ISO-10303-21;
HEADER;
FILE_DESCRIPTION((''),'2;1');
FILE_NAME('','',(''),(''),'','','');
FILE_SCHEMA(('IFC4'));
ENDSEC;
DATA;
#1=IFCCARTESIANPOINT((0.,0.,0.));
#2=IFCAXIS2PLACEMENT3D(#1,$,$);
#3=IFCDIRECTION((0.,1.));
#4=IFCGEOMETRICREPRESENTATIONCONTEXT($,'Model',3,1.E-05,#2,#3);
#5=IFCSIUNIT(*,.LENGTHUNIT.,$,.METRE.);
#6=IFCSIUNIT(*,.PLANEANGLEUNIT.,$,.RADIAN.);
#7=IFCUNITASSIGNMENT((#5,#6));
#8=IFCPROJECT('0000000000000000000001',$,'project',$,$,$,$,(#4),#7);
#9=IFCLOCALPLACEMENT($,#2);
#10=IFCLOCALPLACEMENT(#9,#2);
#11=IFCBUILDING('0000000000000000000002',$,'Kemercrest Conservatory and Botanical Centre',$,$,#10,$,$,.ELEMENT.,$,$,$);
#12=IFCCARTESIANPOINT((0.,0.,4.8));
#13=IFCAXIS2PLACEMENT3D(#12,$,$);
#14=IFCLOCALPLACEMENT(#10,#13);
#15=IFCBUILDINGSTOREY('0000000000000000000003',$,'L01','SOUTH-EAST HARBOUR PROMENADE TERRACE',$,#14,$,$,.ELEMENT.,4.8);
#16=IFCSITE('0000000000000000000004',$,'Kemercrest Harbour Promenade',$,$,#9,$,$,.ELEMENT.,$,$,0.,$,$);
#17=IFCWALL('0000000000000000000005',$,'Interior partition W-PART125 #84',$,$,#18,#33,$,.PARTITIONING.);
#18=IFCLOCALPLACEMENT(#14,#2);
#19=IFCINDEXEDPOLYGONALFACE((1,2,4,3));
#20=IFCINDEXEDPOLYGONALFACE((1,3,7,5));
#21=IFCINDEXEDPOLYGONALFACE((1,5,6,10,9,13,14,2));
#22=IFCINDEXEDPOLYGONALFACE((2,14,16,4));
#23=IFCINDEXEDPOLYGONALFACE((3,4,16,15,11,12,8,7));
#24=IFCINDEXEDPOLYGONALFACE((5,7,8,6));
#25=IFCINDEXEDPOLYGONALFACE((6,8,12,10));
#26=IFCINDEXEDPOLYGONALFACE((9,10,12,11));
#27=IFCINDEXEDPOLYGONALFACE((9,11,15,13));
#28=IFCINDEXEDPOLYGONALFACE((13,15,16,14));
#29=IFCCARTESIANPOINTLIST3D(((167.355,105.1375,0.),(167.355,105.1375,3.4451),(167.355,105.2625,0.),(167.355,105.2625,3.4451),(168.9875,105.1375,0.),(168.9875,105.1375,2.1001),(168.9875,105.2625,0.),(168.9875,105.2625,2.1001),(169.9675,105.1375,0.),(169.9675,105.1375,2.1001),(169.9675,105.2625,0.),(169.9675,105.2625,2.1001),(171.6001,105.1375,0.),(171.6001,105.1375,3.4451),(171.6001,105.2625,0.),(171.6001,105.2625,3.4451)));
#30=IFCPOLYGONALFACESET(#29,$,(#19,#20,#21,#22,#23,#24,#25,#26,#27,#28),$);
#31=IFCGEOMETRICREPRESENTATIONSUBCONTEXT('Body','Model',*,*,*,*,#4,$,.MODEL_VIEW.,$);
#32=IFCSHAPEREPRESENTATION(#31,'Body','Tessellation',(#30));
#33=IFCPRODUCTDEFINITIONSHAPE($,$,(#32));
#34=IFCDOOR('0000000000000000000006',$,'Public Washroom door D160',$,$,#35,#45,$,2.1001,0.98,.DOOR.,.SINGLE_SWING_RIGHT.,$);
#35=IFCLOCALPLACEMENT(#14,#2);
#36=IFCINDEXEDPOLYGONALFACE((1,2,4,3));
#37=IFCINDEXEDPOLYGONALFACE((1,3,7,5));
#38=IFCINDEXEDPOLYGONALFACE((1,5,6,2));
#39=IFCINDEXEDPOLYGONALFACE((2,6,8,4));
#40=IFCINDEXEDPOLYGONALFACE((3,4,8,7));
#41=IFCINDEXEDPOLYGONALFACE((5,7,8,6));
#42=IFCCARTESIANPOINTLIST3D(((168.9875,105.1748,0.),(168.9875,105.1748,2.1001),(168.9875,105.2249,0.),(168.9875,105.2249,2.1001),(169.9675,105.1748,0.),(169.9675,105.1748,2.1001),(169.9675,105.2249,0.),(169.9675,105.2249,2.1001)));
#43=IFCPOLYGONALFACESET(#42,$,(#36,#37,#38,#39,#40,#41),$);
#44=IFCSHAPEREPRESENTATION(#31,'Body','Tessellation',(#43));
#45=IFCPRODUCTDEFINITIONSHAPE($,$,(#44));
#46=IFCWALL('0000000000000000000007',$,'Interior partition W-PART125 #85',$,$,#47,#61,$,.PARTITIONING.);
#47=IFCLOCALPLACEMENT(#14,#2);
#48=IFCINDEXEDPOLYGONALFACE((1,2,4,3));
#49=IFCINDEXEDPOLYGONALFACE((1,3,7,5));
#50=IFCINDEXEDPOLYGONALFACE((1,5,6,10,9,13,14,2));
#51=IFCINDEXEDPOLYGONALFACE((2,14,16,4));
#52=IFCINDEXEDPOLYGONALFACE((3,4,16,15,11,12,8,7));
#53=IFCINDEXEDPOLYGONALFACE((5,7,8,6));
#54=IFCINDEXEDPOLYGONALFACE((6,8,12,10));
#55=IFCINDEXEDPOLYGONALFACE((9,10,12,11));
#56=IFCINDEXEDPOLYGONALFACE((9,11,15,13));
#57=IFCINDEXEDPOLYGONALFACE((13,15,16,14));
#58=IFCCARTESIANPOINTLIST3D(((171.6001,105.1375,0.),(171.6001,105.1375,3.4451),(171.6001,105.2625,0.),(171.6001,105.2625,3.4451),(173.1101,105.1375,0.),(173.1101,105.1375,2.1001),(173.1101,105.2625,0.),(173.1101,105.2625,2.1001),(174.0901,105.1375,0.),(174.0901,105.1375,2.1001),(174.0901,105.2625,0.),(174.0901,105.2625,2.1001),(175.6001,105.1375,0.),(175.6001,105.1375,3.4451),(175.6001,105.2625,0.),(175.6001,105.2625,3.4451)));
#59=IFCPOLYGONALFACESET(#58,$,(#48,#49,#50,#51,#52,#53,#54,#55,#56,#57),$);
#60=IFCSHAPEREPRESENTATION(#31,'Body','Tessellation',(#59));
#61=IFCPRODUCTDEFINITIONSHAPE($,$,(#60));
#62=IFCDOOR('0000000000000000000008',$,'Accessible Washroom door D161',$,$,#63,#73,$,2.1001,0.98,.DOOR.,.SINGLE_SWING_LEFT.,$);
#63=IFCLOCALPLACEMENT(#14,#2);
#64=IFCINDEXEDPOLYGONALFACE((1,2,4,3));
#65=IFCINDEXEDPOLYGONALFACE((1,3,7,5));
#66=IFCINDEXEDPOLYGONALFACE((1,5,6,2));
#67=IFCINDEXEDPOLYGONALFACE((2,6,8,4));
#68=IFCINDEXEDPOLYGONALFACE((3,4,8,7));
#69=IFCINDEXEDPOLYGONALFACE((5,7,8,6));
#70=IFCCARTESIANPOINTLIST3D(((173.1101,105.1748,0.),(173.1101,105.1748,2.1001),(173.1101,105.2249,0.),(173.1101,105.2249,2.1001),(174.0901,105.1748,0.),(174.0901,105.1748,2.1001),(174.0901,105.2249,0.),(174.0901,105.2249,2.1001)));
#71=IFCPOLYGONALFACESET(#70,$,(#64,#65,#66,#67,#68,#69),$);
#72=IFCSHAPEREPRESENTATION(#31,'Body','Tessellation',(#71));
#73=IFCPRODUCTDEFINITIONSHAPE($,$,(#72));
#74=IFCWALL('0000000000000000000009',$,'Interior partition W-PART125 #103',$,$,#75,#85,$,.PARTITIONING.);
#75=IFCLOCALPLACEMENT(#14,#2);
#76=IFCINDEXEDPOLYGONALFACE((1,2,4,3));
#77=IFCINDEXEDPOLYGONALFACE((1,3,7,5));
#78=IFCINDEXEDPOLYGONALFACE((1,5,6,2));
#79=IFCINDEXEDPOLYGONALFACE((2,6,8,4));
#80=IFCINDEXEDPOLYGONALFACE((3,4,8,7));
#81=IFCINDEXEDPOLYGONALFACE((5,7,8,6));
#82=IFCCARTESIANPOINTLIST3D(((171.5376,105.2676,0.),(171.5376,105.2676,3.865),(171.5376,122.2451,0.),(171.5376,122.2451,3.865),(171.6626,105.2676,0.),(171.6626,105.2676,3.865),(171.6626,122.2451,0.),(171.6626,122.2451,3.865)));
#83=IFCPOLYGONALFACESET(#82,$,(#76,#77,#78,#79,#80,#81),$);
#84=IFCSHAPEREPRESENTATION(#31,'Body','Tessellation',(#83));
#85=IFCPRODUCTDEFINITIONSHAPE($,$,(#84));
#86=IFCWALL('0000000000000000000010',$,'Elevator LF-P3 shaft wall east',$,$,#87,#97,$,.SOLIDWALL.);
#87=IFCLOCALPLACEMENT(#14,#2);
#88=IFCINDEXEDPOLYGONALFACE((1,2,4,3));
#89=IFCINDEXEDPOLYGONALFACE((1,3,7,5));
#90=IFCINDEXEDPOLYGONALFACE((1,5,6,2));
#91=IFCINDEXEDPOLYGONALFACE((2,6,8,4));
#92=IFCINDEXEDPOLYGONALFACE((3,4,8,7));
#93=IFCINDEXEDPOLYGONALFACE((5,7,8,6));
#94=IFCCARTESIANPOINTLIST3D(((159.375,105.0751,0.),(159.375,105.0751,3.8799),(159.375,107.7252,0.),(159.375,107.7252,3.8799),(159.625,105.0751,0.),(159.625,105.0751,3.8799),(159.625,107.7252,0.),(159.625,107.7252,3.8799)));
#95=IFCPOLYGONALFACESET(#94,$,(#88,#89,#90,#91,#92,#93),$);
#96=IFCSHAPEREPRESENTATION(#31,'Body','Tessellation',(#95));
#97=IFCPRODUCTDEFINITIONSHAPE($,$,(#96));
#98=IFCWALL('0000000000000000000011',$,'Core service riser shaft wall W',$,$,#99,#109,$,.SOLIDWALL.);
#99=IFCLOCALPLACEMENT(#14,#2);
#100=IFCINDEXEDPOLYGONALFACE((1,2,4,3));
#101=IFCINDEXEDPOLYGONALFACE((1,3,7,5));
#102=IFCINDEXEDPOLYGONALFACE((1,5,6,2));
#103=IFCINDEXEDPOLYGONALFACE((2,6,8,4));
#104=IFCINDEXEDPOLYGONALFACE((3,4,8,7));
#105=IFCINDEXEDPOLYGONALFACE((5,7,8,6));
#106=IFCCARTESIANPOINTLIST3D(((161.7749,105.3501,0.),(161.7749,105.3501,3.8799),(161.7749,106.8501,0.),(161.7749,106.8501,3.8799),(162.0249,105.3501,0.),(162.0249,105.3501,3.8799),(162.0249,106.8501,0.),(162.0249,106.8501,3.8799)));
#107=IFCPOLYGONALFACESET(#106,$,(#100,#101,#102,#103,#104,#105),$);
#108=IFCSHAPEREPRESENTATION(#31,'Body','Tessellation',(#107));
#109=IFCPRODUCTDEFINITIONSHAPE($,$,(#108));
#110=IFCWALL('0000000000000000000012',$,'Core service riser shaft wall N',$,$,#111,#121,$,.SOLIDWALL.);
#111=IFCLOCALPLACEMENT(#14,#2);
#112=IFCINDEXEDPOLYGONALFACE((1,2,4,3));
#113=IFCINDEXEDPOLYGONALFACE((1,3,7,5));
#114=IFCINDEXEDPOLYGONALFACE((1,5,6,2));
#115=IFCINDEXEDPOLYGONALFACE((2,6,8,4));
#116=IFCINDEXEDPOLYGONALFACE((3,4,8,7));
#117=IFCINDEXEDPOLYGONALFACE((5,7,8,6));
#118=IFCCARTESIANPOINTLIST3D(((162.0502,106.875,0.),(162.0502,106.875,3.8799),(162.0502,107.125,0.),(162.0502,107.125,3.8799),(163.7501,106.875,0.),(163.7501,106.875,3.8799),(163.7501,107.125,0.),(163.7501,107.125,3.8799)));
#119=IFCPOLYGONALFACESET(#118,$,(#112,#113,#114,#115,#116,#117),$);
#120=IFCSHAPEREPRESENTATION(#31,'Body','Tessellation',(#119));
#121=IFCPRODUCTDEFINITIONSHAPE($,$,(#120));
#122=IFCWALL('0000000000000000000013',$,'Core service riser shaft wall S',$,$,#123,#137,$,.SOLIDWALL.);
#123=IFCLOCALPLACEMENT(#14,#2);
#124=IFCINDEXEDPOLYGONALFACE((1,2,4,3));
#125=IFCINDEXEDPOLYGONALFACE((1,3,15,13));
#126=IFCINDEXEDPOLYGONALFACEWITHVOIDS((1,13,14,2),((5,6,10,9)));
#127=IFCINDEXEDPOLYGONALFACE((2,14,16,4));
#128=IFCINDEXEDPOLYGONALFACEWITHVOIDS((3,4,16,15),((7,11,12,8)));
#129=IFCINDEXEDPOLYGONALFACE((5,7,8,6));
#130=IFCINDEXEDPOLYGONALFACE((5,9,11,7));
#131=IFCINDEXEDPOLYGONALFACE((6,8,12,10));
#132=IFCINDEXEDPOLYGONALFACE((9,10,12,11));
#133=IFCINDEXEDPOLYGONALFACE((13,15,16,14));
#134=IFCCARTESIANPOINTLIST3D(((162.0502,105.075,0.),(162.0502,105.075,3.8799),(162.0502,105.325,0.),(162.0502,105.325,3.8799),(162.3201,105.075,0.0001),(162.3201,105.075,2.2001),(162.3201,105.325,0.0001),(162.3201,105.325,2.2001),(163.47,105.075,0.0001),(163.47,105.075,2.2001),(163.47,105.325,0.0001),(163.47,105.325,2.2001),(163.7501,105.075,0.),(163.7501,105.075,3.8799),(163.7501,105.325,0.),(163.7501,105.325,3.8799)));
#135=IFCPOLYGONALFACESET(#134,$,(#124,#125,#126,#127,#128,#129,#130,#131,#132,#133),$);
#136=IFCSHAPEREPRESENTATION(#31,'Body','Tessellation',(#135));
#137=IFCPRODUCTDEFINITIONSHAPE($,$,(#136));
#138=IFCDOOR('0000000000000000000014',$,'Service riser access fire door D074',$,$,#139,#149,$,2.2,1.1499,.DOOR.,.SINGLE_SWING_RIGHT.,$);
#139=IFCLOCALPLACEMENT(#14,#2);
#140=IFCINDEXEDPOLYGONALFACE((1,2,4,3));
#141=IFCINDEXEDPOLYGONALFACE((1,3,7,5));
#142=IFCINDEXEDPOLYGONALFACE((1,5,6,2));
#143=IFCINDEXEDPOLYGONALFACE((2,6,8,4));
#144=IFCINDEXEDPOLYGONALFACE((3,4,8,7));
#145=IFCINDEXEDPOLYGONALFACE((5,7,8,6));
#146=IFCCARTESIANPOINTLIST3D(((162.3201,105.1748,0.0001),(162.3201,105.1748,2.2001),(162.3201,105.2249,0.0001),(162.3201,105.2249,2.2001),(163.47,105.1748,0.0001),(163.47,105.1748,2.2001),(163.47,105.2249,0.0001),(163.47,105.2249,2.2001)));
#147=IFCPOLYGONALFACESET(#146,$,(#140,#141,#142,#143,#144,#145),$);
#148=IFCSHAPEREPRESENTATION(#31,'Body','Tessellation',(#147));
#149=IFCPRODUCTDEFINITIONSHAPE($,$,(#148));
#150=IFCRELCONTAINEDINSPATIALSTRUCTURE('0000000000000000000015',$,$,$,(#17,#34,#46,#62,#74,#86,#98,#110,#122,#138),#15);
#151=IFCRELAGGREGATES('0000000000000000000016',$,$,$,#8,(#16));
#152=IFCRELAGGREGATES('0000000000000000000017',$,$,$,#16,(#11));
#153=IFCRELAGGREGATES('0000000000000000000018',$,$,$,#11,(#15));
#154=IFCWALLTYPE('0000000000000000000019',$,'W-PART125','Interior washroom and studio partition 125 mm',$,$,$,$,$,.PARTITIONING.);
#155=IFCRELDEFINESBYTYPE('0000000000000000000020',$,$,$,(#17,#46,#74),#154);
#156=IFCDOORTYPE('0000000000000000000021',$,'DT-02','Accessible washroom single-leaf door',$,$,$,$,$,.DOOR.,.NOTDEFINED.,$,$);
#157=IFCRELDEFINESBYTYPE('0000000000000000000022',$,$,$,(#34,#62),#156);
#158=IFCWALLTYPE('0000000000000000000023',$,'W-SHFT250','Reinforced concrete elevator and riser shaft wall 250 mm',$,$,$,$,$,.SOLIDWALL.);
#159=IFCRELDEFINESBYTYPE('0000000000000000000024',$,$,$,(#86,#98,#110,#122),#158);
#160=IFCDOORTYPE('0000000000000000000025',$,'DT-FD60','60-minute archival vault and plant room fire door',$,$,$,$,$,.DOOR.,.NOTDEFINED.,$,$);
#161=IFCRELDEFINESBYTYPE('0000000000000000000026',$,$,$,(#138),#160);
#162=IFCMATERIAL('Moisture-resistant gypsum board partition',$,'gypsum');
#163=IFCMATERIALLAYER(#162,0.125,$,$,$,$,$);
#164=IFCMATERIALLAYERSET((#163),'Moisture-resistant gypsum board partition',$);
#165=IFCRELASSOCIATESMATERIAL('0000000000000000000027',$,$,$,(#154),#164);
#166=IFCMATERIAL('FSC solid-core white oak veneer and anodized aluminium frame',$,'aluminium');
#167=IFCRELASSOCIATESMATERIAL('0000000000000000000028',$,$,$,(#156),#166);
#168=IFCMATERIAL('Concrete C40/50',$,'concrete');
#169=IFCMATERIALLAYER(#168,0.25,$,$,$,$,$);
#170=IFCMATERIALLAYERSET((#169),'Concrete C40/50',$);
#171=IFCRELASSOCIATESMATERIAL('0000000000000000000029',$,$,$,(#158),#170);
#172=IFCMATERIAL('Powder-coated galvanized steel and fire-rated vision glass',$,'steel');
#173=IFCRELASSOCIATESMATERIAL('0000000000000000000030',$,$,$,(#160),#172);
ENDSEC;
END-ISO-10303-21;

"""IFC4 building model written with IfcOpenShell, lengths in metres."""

from ifc_helpers import new_model, si_unit, direction, frame, frame_2d, origin, place, context, subcontext, project, spatial, rectangle, extrude, material, layer, layer_set, type_object, element, fill, save


model = new_model("IFC4")

# Units and contexts
model_context = context("Model", 3, precision=1e-05, world=origin(), true_north=direction((0.0, 1.0)))
body_context = subcontext(model_context, "Body", "Model", "MODEL_VIEW")
ifc_project = project(units=[si_unit("LENGTHUNIT", "METRE"), si_unit("PLANEANGLEUNIT", "RADIAN")], contexts=[model_context])

# Site, building, storey
site_placement = place(None, origin())
site = spatial("IfcSite", under=ifc_project, at=site_placement, Name="Kemercrest Harbour Promenade", CompositionType="ELEMENT", RefElevation=0.0)
building_placement = place(site_placement, origin())
building = spatial("IfcBuilding", under=site, at=building_placement, Name="Kemercrest Conservatory and Botanical Centre", CompositionType="ELEMENT")
storey_placement = place(building_placement, frame((0.0, 0.0, 4.8)))
storey = spatial("IfcBuildingStorey", under=building, at=storey_placement, Name="L01", Description="SOUTH-EAST HARBOUR PROMENADE TERRACE", CompositionType="ELEMENT", Elevation=4.8)

# Shared definitions
ifc_material_1 = material(Name="Concrete C40/50", Category="concrete")

# Shared definitions
ifc_material_2 = material(Name="Powder-coated galvanized steel and fire-rated vision glass", Category="steel")

# Walls, openings, doors
ifc_material_3 = material(Name="Moisture-resistant gypsum board partition", Category="gypsum")
ifc_layer_1 = layer(ifc_material_3, 0.125)
ifc_layer_set_1 = layer_set([ifc_layer_1], Name="Moisture-resistant gypsum board partition")
wall_type_1 = type_object("IfcWallType", Name="W-PART125", Description="Interior washroom and studio partition 125 mm", PredefinedType="PARTITIONING", material=ifc_layer_set_1)
wall_1_placement = place(storey_placement, frame((167.355, 105.2, 0.0), z_axis=(0.0, 0.0, 1.0), x_axis=(1.0, 0.0, 0.0)))
wall_1 = element("IfcWall", 1, at=wall_1_placement, inside=storey, type_object=wall_type_1, Name="Interior partition W-PART125 #84", PredefinedType="PARTITIONING", context=body_context, shape_type="SweptSolid", body=[
    extrude(rectangle(XDim=4.2451, YDim=0.125, at=frame_2d((2.1226, 0.0))), origin(), (0.0, 0.0, 1.0), 3.4451),
])
opening_1_placement = place(wall_1_placement, frame((1.6326, 0.0, 0.0)))
opening_1 = element("IfcOpeningElement", 2, at=opening_1_placement, cuts=wall_1, PredefinedType="OPENING", context=body_context, shape_type="SweptSolid", body=[
    extrude(rectangle(XDim=0.98, YDim=2.1001, at=frame_2d((0.49, 1.05))), frame((0.0, 0.0725, 0.0), z_axis=(0.0, -1.0, 0.0), x_axis=(1.0, 0.0, 0.0)), (0.0, 0.0, 1.0), 0.145),
])
ifc_material_4 = material(Name="FSC solid-core white oak veneer and anodized aluminium frame", Category="aluminium")
door_type_1 = type_object("IfcDoorType", Name="DT-02", Description="Accessible washroom single-leaf door", OperationType="NOTDEFINED", PredefinedType="DOOR", material=ifc_material_4)
door_1_placement = place(opening_1_placement, origin())
door_1 = element("IfcDoor", 3, at=door_1_placement, inside=storey, type_object=door_type_1, Name="Public Washroom door D160", OperationType="SINGLE_SWING_RIGHT", OverallHeight=2.1001, OverallWidth=0.98, PredefinedType="DOOR", context=body_context, shape_type="SweptSolid", body=[
    extrude(rectangle(XDim=0.98, YDim=2.1001, at=frame_2d((0.49, 1.05))), frame((0.0, 0.0249, 0.0), z_axis=(0.0, -1.0, 0.0), x_axis=(1.0, 0.0, 0.0)), (0.0, 0.0, 1.0), 0.05),
])
fill(opening_1, door_1)
wall_2_placement = place(storey_placement, frame((171.6001, 105.2, 0.0), z_axis=(0.0, 0.0, 1.0), x_axis=(1.0, 0.0, 0.0)))
wall_2 = element("IfcWall", 4, at=wall_2_placement, inside=storey, type_object=wall_type_1, Name="Interior partition W-PART125 #85", PredefinedType="PARTITIONING", context=body_context, shape_type="SweptSolid", body=[
    extrude(rectangle(XDim=4.0, YDim=0.125, at=frame_2d((2.0, 0.0))), origin(), (0.0, 0.0, 1.0), 3.4451),
])
opening_2_placement = place(wall_2_placement, frame((1.51, 0.0, 0.0)))
opening_2 = element("IfcOpeningElement", 5, at=opening_2_placement, cuts=wall_2, PredefinedType="OPENING", context=body_context, shape_type="SweptSolid", body=[
    extrude(rectangle(XDim=0.98, YDim=2.1001, at=frame_2d((0.49, 1.05))), frame((0.0, 0.0725, 0.0), z_axis=(0.0, -1.0, 0.0), x_axis=(1.0, 0.0, 0.0)), (0.0, 0.0, 1.0), 0.145),
])
door_2_placement = place(opening_2_placement, origin())
door_2 = element("IfcDoor", 6, at=door_2_placement, inside=storey, type_object=door_type_1, Name="Accessible Washroom door D161", OperationType="SINGLE_SWING_LEFT", OverallHeight=2.1001, OverallWidth=0.98, PredefinedType="DOOR", context=body_context, shape_type="SweptSolid", body=[
    extrude(rectangle(XDim=0.98, YDim=2.1001, at=frame_2d((0.49, 1.05))), frame((0.0, 0.0249, 0.0), z_axis=(0.0, -1.0, 0.0), x_axis=(1.0, 0.0, 0.0)), (0.0, 0.0, 1.0), 0.05),
])
fill(opening_2, door_2)

# Walls
wall_3_placement = place(storey_placement, frame((171.6001, 105.2676, 0.0), z_axis=(0.0, 0.0, 1.0), x_axis=(0.0, 1.0, 0.0)))
element("IfcWall", 7, at=wall_3_placement, inside=storey, type_object=wall_type_1, Name="Interior partition W-PART125 #103", PredefinedType="PARTITIONING", context=body_context, shape_type="SweptSolid", body=[
    extrude(rectangle(XDim=16.9775, YDim=0.125, at=frame_2d((8.4888, 0.0))), origin(), (0.0, 0.0, 1.0), 3.865),
])
ifc_layer_2 = layer(ifc_material_1, 0.25)
ifc_layer_set_2 = layer_set([ifc_layer_2], Name="Concrete C40/50")
wall_type_2 = type_object("IfcWallType", Name="W-SHFT250", Description="Reinforced concrete elevator and riser shaft wall 250 mm", PredefinedType="SOLIDWALL", material=ifc_layer_set_2)
wall_4_placement = place(storey_placement, frame((159.5, 105.075, 0.0), z_axis=(0.0, 0.0, 1.0), x_axis=(0.0, 1.0, 0.0)))
element("IfcWall", 8, at=wall_4_placement, inside=storey, type_object=wall_type_2, Name="Elevator LF-P3 shaft wall east", PredefinedType="SOLIDWALL", context=body_context, shape_type="SweptSolid", body=[
    extrude(rectangle(XDim=2.6501, YDim=0.25, at=frame_2d((1.3252, 0.0))), origin(), (0.0, 0.0, 1.0), 3.8799),
])
wall_5_placement = place(storey_placement, frame((161.8999, 105.3501, 0.0), z_axis=(0.0, 0.0, 1.0), x_axis=(0.0, 1.0, 0.0)))
element("IfcWall", 9, at=wall_5_placement, inside=storey, type_object=wall_type_2, Name="Core service riser shaft wall W", PredefinedType="SOLIDWALL", context=body_context, shape_type="SweptSolid", body=[
    extrude(rectangle(XDim=1.5, YDim=0.25, at=frame_2d((0.75, 0.0))), origin(), (0.0, 0.0, 1.0), 3.8799),
])
wall_6_placement = place(storey_placement, frame((162.05, 107.0, 0.0), z_axis=(0.0, 0.0, 1.0), x_axis=(1.0, 0.0, 0.0)))
element("IfcWall", 10, at=wall_6_placement, inside=storey, type_object=wall_type_2, Name="Core service riser shaft wall N", PredefinedType="SOLIDWALL", context=body_context, shape_type="SweptSolid", body=[
    extrude(rectangle(XDim=1.7, YDim=0.25, at=frame_2d((0.8501, 0.0))), origin(), (0.0, 0.0, 1.0), 3.8799),
])

# Wall, opening, door
wall_7_placement = place(storey_placement, frame((162.05, 105.2, 0.0), z_axis=(0.0, 0.0, 1.0), x_axis=(1.0, 0.0, 0.0)))
wall_7 = element("IfcWall", 11, at=wall_7_placement, inside=storey, type_object=wall_type_2, Name="Core service riser shaft wall S", PredefinedType="SOLIDWALL", context=body_context, shape_type="SweptSolid", body=[
    extrude(rectangle(XDim=1.7, YDim=0.25, at=frame_2d((0.8501, 0.0))), origin(), (0.0, 0.0, 1.0), 3.8799),
])
opening_3_placement = place(wall_7_placement, frame((0.27, 0.0, 0.0)))
opening_3 = element("IfcOpeningElement", 12, at=opening_3_placement, cuts=wall_7, PredefinedType="OPENING", context=body_context, shape_type="SweptSolid", body=[
    extrude(rectangle(XDim=1.1499, YDim=2.2, at=frame_2d((0.575, 1.1001))), frame((0.0, 0.135, 0.0), z_axis=(0.0, -1.0, 0.0), x_axis=(1.0, 0.0, 0.0)), (0.0, 0.0, 1.0), 0.27),
])
door_type_2 = type_object("IfcDoorType", Name="DT-FD60", Description="60-minute archival vault and plant room fire door", OperationType="NOTDEFINED", PredefinedType="DOOR", material=ifc_material_2)
door_3_placement = place(opening_3_placement, origin())
door_3 = element("IfcDoor", 13, at=door_3_placement, inside=storey, type_object=door_type_2, Name="Service riser access fire door D074", OperationType="SINGLE_SWING_RIGHT", OverallHeight=2.2, OverallWidth=1.1499, PredefinedType="DOOR", context=body_context, shape_type="SweptSolid", body=[
    extrude(rectangle(XDim=1.1499, YDim=2.2, at=frame_2d((0.575, 1.1001))), frame((0.0, 0.0249, 0.0), z_axis=(0.0, -1.0, 0.0), x_axis=(1.0, 0.0, 0.0)), (0.0, 0.0, 1.0), 0.05),
])
fill(opening_3, door_3)

save(model, "model.ifc")
